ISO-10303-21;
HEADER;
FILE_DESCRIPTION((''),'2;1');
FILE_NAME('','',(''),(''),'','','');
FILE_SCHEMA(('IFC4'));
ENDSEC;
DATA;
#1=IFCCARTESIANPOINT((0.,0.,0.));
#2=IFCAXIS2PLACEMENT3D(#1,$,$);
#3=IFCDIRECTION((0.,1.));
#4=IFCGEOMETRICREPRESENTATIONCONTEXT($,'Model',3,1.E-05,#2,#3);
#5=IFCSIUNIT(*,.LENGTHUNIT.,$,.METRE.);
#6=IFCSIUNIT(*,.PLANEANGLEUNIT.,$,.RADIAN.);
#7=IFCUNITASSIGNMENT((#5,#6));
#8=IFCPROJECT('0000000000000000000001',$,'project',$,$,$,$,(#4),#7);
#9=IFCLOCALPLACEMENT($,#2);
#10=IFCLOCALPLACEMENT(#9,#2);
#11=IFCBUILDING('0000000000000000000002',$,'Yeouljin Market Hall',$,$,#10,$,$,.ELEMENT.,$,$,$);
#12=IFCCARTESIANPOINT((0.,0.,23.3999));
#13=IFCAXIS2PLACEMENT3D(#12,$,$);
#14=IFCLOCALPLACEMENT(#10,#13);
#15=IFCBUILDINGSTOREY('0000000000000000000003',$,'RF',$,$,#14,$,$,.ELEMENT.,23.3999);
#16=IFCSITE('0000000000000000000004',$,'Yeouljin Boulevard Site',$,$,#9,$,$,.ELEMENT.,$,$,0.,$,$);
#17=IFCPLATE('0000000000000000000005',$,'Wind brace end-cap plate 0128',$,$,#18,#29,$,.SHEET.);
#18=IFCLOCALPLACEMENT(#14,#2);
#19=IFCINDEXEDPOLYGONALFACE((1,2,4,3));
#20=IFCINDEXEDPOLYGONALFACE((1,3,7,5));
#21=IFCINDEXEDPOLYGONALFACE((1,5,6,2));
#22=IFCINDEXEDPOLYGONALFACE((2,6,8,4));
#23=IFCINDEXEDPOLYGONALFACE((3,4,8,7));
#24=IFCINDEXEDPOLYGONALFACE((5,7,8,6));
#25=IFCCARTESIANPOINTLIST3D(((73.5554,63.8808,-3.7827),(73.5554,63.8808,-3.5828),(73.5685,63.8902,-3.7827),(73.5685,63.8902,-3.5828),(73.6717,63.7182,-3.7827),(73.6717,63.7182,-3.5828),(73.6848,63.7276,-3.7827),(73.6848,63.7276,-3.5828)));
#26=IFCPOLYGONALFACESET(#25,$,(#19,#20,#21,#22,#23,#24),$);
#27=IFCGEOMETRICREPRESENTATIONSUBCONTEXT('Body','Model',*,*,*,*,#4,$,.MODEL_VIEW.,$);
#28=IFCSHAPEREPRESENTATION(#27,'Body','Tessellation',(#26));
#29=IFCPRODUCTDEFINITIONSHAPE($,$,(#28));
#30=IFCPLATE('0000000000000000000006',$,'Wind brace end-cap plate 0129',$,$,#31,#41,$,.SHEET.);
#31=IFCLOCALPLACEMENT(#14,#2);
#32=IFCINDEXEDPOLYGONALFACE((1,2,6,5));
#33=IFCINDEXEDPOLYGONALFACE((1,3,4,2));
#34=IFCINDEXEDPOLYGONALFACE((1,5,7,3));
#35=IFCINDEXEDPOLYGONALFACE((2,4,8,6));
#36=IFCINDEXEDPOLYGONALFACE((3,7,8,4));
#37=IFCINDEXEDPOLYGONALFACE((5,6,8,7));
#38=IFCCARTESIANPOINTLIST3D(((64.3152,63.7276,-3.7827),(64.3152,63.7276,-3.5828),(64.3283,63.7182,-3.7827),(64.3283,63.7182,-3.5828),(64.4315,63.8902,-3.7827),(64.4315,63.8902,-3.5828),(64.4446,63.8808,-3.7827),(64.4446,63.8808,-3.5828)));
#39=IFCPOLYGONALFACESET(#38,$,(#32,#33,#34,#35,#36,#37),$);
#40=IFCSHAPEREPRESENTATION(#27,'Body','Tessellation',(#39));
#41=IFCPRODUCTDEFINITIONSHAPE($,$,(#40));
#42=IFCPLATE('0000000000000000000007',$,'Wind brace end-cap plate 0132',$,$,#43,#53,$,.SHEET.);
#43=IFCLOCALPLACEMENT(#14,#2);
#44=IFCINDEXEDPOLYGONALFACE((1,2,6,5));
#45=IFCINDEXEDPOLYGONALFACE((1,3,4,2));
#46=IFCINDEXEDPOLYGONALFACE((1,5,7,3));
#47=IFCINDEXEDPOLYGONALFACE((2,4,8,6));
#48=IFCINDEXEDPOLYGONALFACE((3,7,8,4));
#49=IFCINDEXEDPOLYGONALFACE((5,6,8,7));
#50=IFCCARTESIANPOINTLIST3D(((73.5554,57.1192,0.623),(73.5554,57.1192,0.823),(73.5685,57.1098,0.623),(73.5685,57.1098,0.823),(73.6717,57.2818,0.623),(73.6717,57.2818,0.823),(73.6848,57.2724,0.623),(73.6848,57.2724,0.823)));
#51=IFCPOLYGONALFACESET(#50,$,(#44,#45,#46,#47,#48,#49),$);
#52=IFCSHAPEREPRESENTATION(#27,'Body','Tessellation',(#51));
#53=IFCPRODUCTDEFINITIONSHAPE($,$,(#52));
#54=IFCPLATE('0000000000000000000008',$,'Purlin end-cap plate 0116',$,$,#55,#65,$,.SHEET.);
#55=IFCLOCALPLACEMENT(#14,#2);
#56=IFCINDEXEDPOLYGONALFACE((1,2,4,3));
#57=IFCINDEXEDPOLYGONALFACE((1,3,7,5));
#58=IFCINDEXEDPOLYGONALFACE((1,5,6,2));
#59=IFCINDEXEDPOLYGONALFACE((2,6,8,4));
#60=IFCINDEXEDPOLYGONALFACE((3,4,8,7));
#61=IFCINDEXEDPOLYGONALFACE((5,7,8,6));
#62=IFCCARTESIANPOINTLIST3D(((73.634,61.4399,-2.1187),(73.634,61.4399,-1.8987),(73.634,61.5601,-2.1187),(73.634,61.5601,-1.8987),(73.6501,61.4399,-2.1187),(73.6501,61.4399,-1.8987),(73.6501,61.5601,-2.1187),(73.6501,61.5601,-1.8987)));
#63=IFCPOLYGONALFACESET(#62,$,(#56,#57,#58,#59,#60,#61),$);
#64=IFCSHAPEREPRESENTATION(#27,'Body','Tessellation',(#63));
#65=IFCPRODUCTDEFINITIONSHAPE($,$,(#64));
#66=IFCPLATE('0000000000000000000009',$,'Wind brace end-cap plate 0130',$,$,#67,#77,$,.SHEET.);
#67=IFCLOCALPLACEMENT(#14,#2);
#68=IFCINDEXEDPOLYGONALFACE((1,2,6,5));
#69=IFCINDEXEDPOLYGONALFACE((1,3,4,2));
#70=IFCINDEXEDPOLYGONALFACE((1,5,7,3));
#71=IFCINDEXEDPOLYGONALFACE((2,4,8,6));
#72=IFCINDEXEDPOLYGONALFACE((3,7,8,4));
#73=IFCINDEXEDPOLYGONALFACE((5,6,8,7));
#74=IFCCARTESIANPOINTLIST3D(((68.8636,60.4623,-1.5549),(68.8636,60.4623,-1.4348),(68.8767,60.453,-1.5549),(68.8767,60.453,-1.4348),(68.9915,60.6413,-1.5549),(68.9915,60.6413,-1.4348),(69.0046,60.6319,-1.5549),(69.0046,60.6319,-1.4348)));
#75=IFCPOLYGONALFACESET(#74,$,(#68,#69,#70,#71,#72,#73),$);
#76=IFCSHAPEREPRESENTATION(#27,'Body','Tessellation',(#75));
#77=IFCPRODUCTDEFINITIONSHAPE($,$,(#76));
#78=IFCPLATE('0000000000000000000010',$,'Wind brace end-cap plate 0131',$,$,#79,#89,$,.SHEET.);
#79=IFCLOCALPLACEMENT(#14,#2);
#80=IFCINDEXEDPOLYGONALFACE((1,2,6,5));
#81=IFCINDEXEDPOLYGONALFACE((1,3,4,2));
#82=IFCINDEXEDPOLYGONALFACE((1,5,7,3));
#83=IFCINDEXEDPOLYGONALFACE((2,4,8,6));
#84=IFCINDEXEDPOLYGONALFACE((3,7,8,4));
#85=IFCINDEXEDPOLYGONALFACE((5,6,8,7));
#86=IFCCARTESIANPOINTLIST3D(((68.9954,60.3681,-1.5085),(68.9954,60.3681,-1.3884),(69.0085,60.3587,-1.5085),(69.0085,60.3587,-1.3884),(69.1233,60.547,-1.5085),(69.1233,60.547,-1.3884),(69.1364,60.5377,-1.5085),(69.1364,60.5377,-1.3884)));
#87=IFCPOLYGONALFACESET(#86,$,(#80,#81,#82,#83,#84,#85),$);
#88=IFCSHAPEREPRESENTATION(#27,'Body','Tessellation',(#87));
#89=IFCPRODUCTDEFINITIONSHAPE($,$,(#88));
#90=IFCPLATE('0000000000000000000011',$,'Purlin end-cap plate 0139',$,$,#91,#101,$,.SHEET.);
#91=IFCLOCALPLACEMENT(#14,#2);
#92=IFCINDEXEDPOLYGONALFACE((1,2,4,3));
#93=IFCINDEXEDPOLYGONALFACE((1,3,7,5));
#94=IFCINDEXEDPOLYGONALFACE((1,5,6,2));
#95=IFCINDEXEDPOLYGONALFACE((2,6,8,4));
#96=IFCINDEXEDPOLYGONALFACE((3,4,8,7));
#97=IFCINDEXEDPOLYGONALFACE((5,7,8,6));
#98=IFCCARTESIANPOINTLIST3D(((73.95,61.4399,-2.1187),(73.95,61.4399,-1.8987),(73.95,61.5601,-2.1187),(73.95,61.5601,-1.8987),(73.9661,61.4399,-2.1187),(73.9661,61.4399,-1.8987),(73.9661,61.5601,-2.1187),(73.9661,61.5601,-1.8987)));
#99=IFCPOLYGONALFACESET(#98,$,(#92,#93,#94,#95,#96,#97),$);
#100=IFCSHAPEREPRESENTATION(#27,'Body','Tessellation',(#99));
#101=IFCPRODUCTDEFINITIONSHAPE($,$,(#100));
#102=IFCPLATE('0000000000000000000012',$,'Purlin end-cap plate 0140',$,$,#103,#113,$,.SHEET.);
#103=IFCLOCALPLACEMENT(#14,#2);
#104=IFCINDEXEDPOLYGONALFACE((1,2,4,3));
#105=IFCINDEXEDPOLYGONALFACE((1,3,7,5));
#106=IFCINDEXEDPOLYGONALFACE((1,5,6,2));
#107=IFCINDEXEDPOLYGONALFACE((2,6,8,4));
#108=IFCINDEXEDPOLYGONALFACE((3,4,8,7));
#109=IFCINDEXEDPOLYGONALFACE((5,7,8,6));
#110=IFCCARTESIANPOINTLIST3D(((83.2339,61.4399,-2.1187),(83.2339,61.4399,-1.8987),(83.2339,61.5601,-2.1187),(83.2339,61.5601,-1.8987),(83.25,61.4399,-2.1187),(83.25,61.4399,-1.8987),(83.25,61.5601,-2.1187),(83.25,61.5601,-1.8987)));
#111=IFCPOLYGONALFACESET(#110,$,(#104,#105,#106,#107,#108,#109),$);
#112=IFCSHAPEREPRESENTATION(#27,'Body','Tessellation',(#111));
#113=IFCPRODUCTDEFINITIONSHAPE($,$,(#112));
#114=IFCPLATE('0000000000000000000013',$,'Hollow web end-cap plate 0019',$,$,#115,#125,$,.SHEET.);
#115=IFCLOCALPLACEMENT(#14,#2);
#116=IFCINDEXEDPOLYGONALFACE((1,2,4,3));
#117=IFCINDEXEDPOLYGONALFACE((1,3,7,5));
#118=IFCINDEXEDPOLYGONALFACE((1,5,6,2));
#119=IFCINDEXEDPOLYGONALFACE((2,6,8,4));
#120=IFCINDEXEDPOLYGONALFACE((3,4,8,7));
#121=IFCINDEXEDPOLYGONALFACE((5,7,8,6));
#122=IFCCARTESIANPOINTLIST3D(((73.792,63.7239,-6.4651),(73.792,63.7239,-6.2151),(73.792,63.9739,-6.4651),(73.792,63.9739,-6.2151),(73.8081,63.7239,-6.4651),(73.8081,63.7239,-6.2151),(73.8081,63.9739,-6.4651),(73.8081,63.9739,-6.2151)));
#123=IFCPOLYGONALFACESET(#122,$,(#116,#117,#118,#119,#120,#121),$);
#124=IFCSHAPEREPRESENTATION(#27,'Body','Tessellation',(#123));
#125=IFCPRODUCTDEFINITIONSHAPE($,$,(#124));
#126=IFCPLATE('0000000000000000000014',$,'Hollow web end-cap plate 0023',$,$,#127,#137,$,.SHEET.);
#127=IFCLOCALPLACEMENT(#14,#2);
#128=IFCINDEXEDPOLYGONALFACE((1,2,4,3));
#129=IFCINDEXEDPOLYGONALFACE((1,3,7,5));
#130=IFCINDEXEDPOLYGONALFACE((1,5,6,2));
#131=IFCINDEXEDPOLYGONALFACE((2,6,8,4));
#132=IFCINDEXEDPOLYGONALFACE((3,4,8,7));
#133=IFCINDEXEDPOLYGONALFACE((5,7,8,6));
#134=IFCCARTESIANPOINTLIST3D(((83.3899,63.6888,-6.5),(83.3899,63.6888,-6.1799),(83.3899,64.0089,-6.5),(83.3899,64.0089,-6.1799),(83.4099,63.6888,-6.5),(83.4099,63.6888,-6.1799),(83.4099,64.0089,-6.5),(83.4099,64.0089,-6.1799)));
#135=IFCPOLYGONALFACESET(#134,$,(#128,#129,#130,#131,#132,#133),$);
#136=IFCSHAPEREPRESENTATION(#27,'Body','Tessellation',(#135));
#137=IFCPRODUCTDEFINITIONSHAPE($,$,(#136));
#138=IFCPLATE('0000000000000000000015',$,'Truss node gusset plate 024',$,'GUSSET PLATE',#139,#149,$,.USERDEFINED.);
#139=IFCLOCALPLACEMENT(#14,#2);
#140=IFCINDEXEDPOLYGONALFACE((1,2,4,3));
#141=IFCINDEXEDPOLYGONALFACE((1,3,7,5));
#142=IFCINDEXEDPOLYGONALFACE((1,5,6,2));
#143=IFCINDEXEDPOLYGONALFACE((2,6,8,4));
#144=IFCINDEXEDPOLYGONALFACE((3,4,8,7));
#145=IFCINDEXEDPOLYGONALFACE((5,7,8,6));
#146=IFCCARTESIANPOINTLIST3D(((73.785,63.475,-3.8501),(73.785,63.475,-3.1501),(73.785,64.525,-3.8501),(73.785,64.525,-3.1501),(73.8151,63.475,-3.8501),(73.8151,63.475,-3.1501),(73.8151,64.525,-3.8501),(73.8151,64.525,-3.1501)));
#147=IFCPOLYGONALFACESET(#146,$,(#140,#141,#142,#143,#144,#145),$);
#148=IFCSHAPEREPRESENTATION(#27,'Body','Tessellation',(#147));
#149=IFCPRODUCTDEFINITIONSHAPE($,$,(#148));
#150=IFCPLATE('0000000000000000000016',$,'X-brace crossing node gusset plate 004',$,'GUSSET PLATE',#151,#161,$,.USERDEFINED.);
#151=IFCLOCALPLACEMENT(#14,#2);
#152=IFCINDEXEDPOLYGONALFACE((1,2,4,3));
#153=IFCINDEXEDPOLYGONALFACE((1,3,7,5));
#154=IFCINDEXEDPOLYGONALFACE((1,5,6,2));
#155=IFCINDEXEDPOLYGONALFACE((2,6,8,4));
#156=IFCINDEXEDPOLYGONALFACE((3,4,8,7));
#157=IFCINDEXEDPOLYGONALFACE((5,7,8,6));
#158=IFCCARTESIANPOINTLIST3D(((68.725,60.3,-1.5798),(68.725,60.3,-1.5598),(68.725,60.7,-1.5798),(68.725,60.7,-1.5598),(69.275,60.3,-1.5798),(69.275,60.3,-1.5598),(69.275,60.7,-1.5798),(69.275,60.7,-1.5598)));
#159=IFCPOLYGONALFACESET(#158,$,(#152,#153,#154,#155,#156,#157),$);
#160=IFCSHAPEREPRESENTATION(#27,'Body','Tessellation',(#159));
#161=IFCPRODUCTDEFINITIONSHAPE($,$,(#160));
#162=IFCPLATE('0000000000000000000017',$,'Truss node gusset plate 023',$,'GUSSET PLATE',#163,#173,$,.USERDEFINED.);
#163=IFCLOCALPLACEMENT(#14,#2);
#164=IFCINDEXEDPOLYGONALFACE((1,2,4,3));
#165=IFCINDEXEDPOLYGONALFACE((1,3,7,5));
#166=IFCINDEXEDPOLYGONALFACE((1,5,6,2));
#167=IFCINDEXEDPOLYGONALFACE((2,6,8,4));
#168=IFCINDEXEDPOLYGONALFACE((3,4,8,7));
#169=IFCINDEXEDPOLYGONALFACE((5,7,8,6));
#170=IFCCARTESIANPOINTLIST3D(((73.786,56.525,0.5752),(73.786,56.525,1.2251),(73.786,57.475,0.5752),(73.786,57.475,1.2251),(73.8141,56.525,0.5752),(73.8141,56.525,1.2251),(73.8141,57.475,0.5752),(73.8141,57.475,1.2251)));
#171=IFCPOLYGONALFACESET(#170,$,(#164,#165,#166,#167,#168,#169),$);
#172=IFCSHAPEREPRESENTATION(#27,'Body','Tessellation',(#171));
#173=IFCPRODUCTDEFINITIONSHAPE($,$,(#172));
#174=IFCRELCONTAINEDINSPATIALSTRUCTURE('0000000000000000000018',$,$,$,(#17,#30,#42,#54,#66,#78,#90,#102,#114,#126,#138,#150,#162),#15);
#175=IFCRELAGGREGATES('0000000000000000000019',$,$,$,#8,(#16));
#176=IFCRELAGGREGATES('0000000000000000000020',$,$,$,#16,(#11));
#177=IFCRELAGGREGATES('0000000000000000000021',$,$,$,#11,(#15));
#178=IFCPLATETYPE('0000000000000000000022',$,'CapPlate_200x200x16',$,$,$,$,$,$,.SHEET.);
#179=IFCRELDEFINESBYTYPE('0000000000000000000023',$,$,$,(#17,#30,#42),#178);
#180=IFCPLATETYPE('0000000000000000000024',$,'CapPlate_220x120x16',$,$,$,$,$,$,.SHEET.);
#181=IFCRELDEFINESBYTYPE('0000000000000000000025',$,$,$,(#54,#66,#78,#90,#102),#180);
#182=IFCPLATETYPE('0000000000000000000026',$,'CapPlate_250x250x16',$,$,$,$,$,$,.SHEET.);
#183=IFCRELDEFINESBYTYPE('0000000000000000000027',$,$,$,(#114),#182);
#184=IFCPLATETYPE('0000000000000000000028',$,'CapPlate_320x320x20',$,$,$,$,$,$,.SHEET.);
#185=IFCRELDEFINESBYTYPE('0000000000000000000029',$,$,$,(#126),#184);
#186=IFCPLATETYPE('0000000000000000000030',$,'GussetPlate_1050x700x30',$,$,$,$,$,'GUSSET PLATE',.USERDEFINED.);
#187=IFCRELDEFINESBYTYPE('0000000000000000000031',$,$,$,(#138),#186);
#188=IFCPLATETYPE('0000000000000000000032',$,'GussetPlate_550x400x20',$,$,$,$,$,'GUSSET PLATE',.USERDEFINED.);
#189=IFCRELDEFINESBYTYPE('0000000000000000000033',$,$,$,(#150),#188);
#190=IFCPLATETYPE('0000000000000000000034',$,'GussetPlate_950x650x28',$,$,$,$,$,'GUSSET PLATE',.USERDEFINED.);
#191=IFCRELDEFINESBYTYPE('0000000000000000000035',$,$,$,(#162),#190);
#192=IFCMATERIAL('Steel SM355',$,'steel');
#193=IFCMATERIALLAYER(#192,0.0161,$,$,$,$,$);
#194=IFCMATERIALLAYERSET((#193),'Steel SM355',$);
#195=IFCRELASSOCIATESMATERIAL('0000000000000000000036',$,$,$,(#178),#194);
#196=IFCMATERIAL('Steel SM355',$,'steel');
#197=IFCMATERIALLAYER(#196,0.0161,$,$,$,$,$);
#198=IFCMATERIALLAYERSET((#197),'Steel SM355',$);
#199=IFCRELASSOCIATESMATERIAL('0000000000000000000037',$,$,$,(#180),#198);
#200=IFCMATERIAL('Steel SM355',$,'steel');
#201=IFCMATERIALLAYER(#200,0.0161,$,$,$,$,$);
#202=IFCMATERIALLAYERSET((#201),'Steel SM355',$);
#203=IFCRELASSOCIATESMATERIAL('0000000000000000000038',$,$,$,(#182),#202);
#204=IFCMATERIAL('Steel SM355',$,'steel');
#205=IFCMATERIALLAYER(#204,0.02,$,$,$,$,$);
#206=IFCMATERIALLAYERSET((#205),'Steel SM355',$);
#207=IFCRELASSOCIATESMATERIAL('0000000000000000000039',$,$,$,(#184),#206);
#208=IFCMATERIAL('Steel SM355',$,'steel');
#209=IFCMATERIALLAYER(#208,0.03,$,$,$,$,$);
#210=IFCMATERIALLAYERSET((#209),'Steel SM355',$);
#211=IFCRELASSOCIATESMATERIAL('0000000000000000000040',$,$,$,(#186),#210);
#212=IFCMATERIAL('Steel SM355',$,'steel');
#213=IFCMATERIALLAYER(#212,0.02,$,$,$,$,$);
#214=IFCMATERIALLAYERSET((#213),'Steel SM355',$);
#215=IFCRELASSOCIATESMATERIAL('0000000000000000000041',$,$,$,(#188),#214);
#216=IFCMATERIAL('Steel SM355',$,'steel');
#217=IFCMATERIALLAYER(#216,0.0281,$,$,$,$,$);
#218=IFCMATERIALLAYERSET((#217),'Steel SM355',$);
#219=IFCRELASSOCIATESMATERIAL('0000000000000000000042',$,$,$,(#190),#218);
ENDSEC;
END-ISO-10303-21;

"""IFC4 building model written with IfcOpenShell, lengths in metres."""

from ifc_helpers import new_model, si_unit, direction, frame, origin, origin_2d, place, context, subcontext, project, spatial, rectangle, extrude, material, layer, layer_set, type_object, element, save


model = new_model("IFC4")

# Units and contexts
model_context = context("Model", 3, precision=1e-05, world=origin(), true_north=direction((0.0, 1.0)))
body_context = subcontext(model_context, "Body", "Model", "MODEL_VIEW")
ifc_project = project(units=[si_unit("LENGTHUNIT", "METRE"), si_unit("PLANEANGLEUNIT", "RADIAN")], contexts=[model_context])

# Site, building, storey
site_placement = place(None, origin())
site = spatial("IfcSite", under=ifc_project, at=site_placement, Name="Yeouljin Boulevard Site", CompositionType="ELEMENT", RefElevation=0.0)
building_placement = place(site_placement, origin())
building = spatial("IfcBuilding", under=site, at=building_placement, Name="Yeouljin Market Hall", CompositionType="ELEMENT")
storey_placement = place(building_placement, frame((0.0, 0.0, 23.3999)))
storey = spatial("IfcBuildingStorey", under=building, at=storey_placement, Name="RF", CompositionType="ELEMENT", Elevation=23.3999)

# Plates
ifc_material_1 = material(Name="Steel SM355", Category="steel")
ifc_layer_1 = layer(ifc_material_1, 0.0161)
ifc_layer_set_1 = layer_set([ifc_layer_1], Name="Steel SM355")
plate_type_1 = type_object("IfcPlateType", Name="CapPlate_200x200x16", PredefinedType="SHEET", material=ifc_layer_set_1)
for number, where, z_axis, x_axis, name in (
    (1, (73.6201, 63.8042, -3.7827), (0.0, 0.0, 1.0), (-0.581697, 0.813405, 0.0), "Wind brace end-cap plate 0128"),
    (2, (64.3799, 63.8042, -3.7827), (0.0, 0.0, 1.0), (0.581697, 0.813405, 0.0), "Wind brace end-cap plate 0129"),
    (3, (73.6201, 57.1958, 0.623), (0.0, 0.0, 1.0), (0.581697, 0.813405, 0.0), "Wind brace end-cap plate 0132"),
):
    element("IfcPlate", number, at=place(storey_placement, frame(where, z_axis=z_axis, x_axis=x_axis)), inside=storey, type_object=plate_type_1, Name=name, PredefinedType="SHEET", context=body_context, shape_type="SweptSolid", body=[
        extrude(rectangle(XDim=0.2, YDim=0.0161, at=origin_2d()), origin(), (0.0, 0.0, 1.0), 0.2),
    ])
ifc_material_2 = material(Name="Steel SM355", Category="steel")
ifc_layer_2 = layer(ifc_material_2, 0.0161)
ifc_layer_set_2 = layer_set([ifc_layer_2], Name="Steel SM355")
plate_type_2 = type_object("IfcPlateType", Name="CapPlate_220x120x16", PredefinedType="SHEET", material=ifc_layer_set_2)
plate_1_placement = place(storey_placement, frame((73.6421, 61.5, -2.1187), z_axis=(0.0, 0.0, 1.0), x_axis=(0.0, 1.0, 0.0)))
element("IfcPlate", 4, at=plate_1_placement, inside=storey, type_object=plate_type_2, Name="Purlin end-cap plate 0116", PredefinedType="SHEET", context=body_context, shape_type="SweptSolid", body=[
    extrude(rectangle(XDim=0.1201, YDim=0.0161, at=origin_2d()), origin(), (0.0, 0.0, 1.0), 0.22),
])
for number, where, z_axis, x_axis, name in (
    (5, (68.9341, 60.5471, -1.5549), (0.0, 0.0, 1.0), (0.581697, 0.813405, 0.0), "Wind brace end-cap plate 0130"),
    (6, (69.0659, 60.4529, -1.5085), (0.0, 0.0, 1.0), (0.581697, 0.813405, 0.0), "Wind brace end-cap plate 0131"),
):
    element("IfcPlate", number, at=place(storey_placement, frame(where, z_axis=z_axis, x_axis=x_axis)), inside=storey, type_object=plate_type_2, Name=name, PredefinedType="SHEET", context=body_context, shape_type="SweptSolid", body=[
        extrude(rectangle(XDim=0.22, YDim=0.0161, at=origin_2d()), origin(), (0.0, 0.0, 1.0), 0.1201),
    ])
for number, where, z_axis, x_axis, name in (
    (7, (73.958, 61.5, -2.1187), (0.0, 0.0, 1.0), (0.0, 1.0, 0.0), "Purlin end-cap plate 0139"),
    (8, (83.2419, 61.5, -2.1187), (0.0, 0.0, 1.0), (0.0, 1.0, 0.0), "Purlin end-cap plate 0140"),
):
    element("IfcPlate", number, at=place(storey_placement, frame(where, z_axis=z_axis, x_axis=x_axis)), inside=storey, type_object=plate_type_2, Name=name, PredefinedType="SHEET", context=body_context, shape_type="SweptSolid", body=[
        extrude(rectangle(XDim=0.1201, YDim=0.0161, at=origin_2d()), origin(), (0.0, 0.0, 1.0), 0.22),
    ])
ifc_material_3 = material(Name="Steel SM355", Category="steel")
ifc_layer_3 = layer(ifc_material_3, 0.0161)
ifc_layer_set_3 = layer_set([ifc_layer_3], Name="Steel SM355")
plate_type_3 = type_object("IfcPlateType", Name="CapPlate_250x250x16", PredefinedType="SHEET", material=ifc_layer_set_3)
plate_2_placement = place(storey_placement, frame((73.8, 63.8489, -6.4651), z_axis=(0.0, 0.0, 1.0), x_axis=(0.0, 1.0, 0.0)))
element("IfcPlate", 9, at=plate_2_placement, inside=storey, type_object=plate_type_3, Name="Hollow web end-cap plate 0019", PredefinedType="SHEET", context=body_context, shape_type="SweptSolid", body=[
    extrude(rectangle(XDim=0.25, YDim=0.0161, at=origin_2d()), origin(), (0.0, 0.0, 1.0), 0.25),
])
ifc_material_4 = material(Name="Steel SM355", Category="steel")
ifc_layer_4 = layer(ifc_material_4, 0.02)
ifc_layer_set_4 = layer_set([ifc_layer_4], Name="Steel SM355")
plate_type_4 = type_object("IfcPlateType", Name="CapPlate_320x320x20", PredefinedType="SHEET", material=ifc_layer_set_4)
plate_3_placement = place(storey_placement, frame((83.3999, 63.8489, -6.5), z_axis=(0.0, 0.0, 1.0), x_axis=(0.0, 1.0, 0.0)))
element("IfcPlate", 10, at=plate_3_placement, inside=storey, type_object=plate_type_4, Name="Hollow web end-cap plate 0023", PredefinedType="SHEET", context=body_context, shape_type="SweptSolid", body=[
    extrude(rectangle(XDim=0.3201, YDim=0.02, at=origin_2d()), origin(), (0.0, 0.0, 1.0), 0.3201),
])
ifc_material_5 = material(Name="Steel SM355", Category="steel")
ifc_layer_5 = layer(ifc_material_5, 0.03)
ifc_layer_set_5 = layer_set([ifc_layer_5], Name="Steel SM355")
plate_type_5 = type_object("IfcPlateType", Name="GussetPlate_1050x700x30", ElementType="GUSSET PLATE", PredefinedType="USERDEFINED", material=ifc_layer_set_5)
plate_4_placement = place(storey_placement, frame((73.8, 64.0, -3.8501), z_axis=(0.0, 0.0, 1.0), x_axis=(0.0, 1.0, 0.0)))
element("IfcPlate", 11, at=plate_4_placement, inside=storey, type_object=plate_type_5, Name="Truss node gusset plate 024", ObjectType="GUSSET PLATE", PredefinedType="USERDEFINED", context=body_context, shape_type="SweptSolid", body=[
    extrude(rectangle(XDim=1.05, YDim=0.03, at=origin_2d()), origin(), (0.0, 0.0, 1.0), 0.7),
])
ifc_material_6 = material(Name="Steel SM355", Category="steel")
ifc_layer_6 = layer(ifc_material_6, 0.02)
ifc_layer_set_6 = layer_set([ifc_layer_6], Name="Steel SM355")
plate_type_6 = type_object("IfcPlateType", Name="GussetPlate_550x400x20", ElementType="GUSSET PLATE", PredefinedType="USERDEFINED", material=ifc_layer_set_6)
plate_5_placement = place(storey_placement, frame((69.0, 60.5, -1.5798), z_axis=(0.0, 0.0, 1.0), x_axis=(1.0, 0.0, 0.0)))
element("IfcPlate", 12, at=plate_5_placement, inside=storey, type_object=plate_type_6, Name="X-brace crossing node gusset plate 004", ObjectType="GUSSET PLATE", PredefinedType="USERDEFINED", context=body_context, shape_type="SweptSolid", body=[
    extrude(rectangle(XDim=0.55, YDim=0.3999, at=origin_2d()), origin(), (0.0, 0.0, 1.0), 0.02),
])
ifc_material_7 = material(Name="Steel SM355", Category="steel")
ifc_layer_7 = layer(ifc_material_7, 0.0281)
ifc_layer_set_7 = layer_set([ifc_layer_7], Name="Steel SM355")
plate_type_7 = type_object("IfcPlateType", Name="GussetPlate_950x650x28", ElementType="GUSSET PLATE", PredefinedType="USERDEFINED", material=ifc_layer_set_7)
plate_6_placement = place(storey_placement, frame((73.8, 57.0, 0.5752), z_axis=(0.0, 0.0, 1.0), x_axis=(0.0, 1.0, 0.0)))
element("IfcPlate", 13, at=plate_6_placement, inside=storey, type_object=plate_type_7, Name="Truss node gusset plate 023", ObjectType="GUSSET PLATE", PredefinedType="USERDEFINED", context=body_context, shape_type="SweptSolid", body=[
    extrude(rectangle(XDim=0.95, YDim=0.0281, at=origin_2d()), origin(), (0.0, 0.0, 1.0), 0.6499),
])

save(model, "model.ifc")
